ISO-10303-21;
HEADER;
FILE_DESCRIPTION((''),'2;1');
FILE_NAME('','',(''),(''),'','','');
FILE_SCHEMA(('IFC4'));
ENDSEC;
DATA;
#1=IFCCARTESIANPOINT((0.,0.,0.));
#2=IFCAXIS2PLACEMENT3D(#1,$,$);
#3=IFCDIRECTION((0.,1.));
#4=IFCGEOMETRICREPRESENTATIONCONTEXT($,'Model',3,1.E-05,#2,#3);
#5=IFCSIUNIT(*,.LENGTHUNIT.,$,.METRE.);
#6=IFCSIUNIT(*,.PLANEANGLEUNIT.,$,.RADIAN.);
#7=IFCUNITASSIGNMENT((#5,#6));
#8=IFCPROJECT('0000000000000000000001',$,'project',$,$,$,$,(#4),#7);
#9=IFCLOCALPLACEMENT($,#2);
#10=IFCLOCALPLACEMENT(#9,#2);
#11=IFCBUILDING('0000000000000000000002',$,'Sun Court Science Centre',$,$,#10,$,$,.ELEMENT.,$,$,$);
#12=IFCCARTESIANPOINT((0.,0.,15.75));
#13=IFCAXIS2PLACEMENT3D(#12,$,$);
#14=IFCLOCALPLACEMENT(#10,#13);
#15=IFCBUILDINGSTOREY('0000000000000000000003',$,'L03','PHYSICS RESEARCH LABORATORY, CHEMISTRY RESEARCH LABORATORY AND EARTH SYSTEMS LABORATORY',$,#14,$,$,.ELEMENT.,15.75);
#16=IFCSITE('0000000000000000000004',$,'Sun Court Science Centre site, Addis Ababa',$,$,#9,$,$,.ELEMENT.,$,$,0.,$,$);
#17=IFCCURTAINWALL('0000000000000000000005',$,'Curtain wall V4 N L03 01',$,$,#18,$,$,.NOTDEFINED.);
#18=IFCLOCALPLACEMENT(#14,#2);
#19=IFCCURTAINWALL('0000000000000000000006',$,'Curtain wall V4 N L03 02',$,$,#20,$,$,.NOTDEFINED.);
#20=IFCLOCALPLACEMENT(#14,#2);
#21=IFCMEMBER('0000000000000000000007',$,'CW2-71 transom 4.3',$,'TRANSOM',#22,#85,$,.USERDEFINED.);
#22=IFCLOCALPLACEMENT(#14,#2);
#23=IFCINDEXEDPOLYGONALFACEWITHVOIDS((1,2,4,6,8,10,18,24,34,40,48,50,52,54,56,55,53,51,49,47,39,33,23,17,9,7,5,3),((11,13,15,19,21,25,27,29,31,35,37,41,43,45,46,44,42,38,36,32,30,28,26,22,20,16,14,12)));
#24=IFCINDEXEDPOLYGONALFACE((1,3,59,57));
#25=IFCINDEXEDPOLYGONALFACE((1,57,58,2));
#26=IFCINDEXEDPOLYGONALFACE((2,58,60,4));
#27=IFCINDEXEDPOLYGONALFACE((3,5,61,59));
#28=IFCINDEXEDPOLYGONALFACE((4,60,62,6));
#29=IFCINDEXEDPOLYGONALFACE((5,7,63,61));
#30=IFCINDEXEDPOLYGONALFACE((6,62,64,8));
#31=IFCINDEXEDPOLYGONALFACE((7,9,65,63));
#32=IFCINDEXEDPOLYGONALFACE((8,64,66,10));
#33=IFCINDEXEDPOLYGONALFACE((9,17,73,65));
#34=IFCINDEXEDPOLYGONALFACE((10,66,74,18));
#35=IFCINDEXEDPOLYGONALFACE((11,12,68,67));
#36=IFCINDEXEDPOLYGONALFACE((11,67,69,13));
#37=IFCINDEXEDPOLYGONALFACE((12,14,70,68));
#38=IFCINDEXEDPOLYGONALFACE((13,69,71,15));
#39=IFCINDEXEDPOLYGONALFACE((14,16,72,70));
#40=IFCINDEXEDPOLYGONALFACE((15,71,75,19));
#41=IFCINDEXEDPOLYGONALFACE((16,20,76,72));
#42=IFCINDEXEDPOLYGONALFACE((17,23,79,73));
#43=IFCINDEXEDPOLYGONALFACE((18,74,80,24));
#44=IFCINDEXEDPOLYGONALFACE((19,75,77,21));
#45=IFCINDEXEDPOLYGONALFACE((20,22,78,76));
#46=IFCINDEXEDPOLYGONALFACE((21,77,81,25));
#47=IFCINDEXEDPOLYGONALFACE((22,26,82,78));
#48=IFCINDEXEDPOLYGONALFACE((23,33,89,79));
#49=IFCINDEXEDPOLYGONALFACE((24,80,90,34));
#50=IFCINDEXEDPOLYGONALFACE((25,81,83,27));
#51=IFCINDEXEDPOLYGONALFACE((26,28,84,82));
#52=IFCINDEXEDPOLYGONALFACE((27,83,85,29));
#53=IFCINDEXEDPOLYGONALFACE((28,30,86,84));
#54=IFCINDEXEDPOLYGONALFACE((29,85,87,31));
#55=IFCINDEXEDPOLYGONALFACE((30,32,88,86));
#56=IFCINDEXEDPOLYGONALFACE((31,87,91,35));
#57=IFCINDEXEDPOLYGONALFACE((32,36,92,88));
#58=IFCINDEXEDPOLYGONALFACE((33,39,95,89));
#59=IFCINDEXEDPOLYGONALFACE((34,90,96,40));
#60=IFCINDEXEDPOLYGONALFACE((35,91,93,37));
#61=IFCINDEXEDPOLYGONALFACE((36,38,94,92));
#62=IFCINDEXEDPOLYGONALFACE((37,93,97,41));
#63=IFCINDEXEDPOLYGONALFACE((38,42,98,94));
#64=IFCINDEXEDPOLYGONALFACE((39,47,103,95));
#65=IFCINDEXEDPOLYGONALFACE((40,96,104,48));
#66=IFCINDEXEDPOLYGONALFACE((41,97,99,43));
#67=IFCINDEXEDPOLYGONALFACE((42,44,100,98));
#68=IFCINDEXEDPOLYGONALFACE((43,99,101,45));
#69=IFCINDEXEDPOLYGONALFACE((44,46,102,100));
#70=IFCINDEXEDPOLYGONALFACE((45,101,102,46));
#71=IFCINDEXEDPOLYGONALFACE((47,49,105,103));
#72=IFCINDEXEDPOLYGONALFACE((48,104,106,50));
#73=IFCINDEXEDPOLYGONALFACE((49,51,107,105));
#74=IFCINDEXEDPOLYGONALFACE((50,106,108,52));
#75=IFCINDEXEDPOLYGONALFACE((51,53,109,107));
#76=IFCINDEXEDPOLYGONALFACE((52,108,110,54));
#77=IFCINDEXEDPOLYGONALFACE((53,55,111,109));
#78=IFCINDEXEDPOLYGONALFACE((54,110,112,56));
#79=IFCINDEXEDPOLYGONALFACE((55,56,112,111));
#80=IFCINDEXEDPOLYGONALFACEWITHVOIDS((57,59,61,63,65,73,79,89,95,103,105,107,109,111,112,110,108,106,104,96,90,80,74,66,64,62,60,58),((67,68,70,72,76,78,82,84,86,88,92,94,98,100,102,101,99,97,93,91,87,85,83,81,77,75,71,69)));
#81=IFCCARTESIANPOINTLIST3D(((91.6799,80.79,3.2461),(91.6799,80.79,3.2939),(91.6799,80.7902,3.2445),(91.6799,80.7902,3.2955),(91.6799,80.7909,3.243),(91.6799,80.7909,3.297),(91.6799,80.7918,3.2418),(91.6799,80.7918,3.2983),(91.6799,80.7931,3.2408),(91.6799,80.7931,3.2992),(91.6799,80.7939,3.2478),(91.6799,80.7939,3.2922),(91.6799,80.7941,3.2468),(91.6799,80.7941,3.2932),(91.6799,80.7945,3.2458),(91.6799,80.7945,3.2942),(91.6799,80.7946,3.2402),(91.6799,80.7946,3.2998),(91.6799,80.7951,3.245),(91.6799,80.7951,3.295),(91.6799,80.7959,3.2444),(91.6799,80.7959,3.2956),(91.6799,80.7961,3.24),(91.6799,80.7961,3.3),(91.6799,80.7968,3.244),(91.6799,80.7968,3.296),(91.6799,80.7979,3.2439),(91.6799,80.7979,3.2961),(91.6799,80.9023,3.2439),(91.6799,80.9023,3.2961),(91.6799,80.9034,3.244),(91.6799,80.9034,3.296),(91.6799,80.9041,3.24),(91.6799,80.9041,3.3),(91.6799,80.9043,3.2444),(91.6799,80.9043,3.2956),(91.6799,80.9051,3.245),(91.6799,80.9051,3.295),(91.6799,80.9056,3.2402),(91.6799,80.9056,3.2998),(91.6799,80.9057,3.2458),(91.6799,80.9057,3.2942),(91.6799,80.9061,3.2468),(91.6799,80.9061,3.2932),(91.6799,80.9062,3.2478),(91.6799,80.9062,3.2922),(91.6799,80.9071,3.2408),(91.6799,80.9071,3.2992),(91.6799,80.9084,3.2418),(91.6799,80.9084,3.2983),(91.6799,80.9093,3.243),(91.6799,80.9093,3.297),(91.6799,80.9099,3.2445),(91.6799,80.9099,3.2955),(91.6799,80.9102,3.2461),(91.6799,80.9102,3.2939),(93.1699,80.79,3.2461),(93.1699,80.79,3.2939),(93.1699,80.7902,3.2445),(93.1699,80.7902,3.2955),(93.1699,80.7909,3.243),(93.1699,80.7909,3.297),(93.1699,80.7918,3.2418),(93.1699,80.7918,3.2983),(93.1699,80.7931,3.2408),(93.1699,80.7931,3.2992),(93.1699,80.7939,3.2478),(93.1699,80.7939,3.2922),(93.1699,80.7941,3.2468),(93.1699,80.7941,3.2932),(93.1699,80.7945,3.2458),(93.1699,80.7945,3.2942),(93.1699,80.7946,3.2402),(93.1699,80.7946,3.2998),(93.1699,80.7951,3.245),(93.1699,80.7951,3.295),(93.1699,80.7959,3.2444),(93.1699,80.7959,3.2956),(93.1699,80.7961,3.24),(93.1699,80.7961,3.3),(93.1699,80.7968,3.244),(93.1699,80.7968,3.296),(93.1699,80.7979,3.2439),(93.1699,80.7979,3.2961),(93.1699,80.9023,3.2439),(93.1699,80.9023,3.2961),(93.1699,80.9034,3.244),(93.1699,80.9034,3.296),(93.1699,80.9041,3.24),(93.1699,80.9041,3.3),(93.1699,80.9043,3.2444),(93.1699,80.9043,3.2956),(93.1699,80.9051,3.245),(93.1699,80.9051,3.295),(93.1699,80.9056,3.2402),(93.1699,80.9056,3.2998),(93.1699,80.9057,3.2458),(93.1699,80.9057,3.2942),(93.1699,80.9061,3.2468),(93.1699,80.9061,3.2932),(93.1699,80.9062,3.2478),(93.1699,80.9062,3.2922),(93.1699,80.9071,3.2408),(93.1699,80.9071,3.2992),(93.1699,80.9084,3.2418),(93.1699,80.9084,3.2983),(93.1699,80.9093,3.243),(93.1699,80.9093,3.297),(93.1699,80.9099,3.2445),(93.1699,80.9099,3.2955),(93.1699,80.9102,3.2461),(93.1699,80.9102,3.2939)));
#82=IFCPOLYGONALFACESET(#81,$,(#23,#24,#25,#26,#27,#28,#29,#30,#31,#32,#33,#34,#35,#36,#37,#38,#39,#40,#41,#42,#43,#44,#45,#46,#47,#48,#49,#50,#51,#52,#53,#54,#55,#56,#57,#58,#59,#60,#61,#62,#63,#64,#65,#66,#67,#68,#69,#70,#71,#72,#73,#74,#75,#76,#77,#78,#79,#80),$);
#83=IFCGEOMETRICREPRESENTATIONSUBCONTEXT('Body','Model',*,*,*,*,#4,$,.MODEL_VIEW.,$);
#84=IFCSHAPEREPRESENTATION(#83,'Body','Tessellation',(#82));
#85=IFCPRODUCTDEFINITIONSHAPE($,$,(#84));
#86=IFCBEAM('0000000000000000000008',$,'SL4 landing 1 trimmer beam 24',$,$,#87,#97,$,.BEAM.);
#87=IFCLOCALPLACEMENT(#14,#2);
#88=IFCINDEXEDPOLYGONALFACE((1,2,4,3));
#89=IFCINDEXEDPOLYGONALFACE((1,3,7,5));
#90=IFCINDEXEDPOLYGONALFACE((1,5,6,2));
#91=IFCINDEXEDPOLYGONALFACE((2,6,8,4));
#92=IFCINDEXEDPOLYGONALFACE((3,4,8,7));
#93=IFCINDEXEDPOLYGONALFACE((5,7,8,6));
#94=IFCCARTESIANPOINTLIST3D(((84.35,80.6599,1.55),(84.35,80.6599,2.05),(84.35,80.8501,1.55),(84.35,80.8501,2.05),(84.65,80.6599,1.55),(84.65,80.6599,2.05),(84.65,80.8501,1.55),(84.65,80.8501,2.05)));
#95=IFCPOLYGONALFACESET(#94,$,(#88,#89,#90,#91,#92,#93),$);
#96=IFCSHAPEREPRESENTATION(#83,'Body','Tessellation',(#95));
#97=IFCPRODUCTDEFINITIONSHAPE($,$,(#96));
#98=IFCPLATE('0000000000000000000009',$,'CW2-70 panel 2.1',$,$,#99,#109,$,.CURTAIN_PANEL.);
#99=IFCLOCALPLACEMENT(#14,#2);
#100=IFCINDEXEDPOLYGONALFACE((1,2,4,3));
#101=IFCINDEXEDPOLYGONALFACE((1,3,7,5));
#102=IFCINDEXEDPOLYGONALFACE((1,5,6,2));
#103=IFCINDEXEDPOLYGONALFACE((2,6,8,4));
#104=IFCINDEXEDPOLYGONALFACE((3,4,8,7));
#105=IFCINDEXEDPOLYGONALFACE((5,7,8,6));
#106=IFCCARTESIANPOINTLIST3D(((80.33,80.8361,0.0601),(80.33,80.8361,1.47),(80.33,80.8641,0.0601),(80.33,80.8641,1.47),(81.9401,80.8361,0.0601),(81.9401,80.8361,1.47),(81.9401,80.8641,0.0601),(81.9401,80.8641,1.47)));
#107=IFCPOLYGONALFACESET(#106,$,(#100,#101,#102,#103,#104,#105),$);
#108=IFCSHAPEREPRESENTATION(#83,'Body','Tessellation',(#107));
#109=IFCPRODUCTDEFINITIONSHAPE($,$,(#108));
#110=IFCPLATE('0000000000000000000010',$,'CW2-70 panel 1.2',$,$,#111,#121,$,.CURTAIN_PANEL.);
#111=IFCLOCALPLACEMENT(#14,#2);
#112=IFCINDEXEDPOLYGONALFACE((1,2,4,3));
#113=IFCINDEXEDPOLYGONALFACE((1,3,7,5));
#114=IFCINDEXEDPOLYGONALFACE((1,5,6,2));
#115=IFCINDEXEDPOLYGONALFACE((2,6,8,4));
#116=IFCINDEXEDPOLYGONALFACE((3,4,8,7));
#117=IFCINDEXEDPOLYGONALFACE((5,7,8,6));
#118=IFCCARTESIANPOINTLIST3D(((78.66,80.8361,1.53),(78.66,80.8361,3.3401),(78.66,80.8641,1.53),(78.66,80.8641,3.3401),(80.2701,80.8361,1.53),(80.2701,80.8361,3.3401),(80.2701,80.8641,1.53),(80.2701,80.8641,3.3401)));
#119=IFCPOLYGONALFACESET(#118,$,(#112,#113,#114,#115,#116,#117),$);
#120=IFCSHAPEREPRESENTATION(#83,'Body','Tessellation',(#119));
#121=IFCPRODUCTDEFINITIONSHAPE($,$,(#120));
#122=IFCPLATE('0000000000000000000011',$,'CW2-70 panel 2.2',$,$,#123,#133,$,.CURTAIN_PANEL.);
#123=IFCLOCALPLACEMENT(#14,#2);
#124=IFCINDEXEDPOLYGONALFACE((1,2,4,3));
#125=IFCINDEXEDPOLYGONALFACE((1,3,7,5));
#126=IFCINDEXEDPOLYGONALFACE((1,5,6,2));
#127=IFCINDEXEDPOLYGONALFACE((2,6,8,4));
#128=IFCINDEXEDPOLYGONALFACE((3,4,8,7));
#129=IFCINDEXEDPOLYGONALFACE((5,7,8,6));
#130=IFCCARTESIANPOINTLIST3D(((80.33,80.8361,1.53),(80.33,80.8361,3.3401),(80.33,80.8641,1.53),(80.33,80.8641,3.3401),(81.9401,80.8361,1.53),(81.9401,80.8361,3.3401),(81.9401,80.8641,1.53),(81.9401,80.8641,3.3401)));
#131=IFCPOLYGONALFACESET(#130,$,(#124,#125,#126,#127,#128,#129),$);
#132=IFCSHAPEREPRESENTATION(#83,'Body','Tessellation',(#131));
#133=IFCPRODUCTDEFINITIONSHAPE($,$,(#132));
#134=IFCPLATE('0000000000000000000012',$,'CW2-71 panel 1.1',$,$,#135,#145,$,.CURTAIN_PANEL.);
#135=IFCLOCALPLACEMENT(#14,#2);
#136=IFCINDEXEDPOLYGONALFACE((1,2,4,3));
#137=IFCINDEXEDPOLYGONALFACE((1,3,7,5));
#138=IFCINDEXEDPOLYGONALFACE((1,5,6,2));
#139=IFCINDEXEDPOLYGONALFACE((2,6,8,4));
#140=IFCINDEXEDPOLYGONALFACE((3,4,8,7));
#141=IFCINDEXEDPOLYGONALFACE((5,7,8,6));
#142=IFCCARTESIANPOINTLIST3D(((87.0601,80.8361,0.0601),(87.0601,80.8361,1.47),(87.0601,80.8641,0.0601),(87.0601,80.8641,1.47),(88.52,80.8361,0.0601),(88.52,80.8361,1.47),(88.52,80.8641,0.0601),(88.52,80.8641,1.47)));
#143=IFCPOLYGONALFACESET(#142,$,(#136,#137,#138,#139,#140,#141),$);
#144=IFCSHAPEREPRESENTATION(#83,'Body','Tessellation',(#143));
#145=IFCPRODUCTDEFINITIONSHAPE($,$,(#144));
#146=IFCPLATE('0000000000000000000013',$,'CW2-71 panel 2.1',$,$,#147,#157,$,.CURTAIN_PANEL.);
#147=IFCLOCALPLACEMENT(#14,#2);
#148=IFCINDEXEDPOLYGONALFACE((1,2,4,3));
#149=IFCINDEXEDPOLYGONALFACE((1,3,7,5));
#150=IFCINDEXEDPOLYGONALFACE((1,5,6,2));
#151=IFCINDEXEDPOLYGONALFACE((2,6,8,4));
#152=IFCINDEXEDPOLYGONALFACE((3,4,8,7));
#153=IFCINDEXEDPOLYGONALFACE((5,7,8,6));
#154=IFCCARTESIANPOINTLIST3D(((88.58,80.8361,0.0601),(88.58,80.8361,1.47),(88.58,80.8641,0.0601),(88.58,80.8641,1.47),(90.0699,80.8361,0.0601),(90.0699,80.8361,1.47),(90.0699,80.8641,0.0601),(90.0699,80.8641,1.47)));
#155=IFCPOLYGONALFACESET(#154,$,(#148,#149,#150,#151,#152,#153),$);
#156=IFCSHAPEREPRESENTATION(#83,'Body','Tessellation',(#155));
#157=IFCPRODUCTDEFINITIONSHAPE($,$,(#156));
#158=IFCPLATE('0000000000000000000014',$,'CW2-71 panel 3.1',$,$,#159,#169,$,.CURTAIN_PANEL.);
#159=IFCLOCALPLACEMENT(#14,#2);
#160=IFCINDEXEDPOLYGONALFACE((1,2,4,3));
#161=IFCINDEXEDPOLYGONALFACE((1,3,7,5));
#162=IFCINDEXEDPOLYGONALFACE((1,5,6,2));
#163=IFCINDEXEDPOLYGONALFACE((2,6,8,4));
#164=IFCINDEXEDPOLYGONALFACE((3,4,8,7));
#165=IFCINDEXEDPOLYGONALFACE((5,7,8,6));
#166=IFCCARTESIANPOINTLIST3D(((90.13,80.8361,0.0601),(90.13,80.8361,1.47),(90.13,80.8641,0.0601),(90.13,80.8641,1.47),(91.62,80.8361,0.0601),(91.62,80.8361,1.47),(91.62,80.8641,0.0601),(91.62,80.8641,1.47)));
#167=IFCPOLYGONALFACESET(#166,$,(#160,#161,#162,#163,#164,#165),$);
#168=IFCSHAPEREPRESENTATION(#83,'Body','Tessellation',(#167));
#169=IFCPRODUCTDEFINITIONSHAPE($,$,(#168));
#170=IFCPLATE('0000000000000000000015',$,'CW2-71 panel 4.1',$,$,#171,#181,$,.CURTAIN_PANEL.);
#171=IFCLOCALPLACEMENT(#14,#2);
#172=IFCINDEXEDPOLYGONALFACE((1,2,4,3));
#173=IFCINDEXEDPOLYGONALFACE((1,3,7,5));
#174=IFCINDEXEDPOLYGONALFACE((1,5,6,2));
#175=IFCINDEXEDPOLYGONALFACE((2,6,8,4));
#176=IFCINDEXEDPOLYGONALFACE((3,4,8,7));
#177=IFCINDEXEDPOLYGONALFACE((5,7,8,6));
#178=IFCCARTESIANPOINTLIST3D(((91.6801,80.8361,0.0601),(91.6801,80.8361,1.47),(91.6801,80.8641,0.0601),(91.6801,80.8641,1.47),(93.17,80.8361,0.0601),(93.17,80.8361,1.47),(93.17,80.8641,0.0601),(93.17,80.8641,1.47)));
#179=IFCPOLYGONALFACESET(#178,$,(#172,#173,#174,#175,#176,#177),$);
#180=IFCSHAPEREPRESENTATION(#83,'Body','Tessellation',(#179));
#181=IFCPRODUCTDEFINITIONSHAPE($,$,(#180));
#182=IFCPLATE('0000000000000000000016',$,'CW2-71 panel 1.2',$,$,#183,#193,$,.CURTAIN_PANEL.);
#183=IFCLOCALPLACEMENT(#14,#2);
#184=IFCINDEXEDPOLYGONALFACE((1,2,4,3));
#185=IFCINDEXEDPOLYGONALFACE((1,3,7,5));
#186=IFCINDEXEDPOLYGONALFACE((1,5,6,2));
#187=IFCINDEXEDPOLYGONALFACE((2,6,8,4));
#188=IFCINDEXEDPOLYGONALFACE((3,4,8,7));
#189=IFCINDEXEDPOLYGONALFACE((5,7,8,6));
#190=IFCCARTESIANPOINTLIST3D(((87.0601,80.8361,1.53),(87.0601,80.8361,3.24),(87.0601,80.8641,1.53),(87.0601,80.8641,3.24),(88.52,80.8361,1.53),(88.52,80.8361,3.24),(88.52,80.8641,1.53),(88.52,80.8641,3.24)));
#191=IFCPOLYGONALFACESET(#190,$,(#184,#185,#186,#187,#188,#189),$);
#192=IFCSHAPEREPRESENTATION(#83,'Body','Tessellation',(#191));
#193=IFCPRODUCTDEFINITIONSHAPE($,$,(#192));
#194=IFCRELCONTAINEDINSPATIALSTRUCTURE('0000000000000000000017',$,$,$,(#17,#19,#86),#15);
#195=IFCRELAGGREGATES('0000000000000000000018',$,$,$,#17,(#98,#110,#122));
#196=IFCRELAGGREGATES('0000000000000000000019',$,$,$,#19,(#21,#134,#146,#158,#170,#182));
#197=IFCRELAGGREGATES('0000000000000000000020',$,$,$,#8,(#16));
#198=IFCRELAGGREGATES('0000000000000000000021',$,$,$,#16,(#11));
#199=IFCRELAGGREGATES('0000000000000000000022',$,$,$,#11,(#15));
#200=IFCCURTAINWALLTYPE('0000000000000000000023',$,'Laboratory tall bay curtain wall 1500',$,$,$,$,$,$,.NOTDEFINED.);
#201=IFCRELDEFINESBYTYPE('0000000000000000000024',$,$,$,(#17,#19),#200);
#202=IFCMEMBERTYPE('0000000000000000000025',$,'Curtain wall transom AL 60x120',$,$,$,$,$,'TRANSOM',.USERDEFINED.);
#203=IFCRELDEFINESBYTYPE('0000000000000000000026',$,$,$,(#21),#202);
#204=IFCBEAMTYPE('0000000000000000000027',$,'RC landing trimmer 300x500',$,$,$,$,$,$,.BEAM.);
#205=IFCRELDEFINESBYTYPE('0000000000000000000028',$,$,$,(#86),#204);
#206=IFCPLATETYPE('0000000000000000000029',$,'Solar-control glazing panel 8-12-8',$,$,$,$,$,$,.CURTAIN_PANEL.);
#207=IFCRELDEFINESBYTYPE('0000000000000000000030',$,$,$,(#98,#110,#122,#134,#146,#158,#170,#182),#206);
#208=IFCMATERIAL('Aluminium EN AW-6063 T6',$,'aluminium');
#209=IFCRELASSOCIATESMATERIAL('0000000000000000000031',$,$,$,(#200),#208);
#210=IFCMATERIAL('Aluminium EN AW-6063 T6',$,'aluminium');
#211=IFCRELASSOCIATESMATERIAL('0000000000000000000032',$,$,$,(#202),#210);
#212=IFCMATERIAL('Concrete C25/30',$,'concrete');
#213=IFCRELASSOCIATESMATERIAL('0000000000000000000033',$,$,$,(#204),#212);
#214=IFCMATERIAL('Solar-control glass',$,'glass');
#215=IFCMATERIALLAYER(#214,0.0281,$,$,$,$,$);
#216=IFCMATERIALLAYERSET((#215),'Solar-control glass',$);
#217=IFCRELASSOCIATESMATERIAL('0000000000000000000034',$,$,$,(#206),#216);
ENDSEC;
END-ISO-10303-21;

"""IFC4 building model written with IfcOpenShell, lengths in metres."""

from ifc_helpers import new_model, si_unit, direction, frame, origin, origin_2d, place, context, subcontext, project, spatial, rectangle, hollow_rectangle, extrude, material, layer, layer_set, material_profile, profile_set, type_object, element, aggregate, save


model = new_model("IFC4")

# Units and contexts
model_context = context("Model", 3, precision=1e-05, world=origin(), true_north=direction((0.0, 1.0)))
body_context = subcontext(model_context, "Body", "Model", "MODEL_VIEW")
ifc_project = project(units=[si_unit("LENGTHUNIT", "METRE"), si_unit("PLANEANGLEUNIT", "RADIAN")], contexts=[model_context])

# Site, building, storey
site_placement = place(None, origin())
site = spatial("IfcSite", under=ifc_project, at=site_placement, Name="Sun Court Science Centre site, Addis Ababa", CompositionType="ELEMENT", RefElevation=0.0)
building_placement = place(site_placement, origin())
building = spatial("IfcBuilding", under=site, at=building_placement, Name="Sun Court Science Centre", CompositionType="ELEMENT")
storey_placement = place(building_placement, frame((0.0, 0.0, 15.75)))
storey = spatial("IfcBuildingStorey", under=building, at=storey_placement, Name="L03", Description="PHYSICS RESEARCH LABORATORY, CHEMISTRY RESEARCH LABORATORY AND EARTH SYSTEMS LABORATORY", CompositionType="ELEMENT", Elevation=15.75)

# Curtain walls
ifc_material_1 = material(Name="Aluminium EN AW-6063 T6", Category="aluminium")
curtain_wall_type = type_object("IfcCurtainWallType", Name="Laboratory tall bay curtain wall 1500", PredefinedType="NOTDEFINED", material=ifc_material_1)
curtain_wall_1_placement = place(storey_placement, origin())
curtain_wall_1 = element("IfcCurtainWall", 1, at=curtain_wall_1_placement, inside=storey, type_object=curtain_wall_type, Name="Curtain wall V4 N L03 01", PredefinedType="NOTDEFINED")
curtain_wall_2_placement = place(storey_placement, origin())
curtain_wall_2 = element("IfcCurtainWall", 2, at=curtain_wall_2_placement, inside=storey, type_object=curtain_wall_type, Name="Curtain wall V4 N L03 02", PredefinedType="NOTDEFINED")

# Member
ifc_material_2 = material(Name="Aluminium EN AW-6063 T6", Category="aluminium")
ifc_material_profile_1 = material_profile(ifc_material_2, hollow_rectangle(XDim=0.0601, YDim=0.1201, WallThickness=0.0039, InnerFilletRadius=0.0039, OuterFilletRadius=0.0061, at=origin_2d()), Name="AL 60x120x4")
ifc_profile_set_1 = profile_set([ifc_material_profile_1], Name="Aluminium EN AW-6063 T6")
member_type_1 = type_object("IfcMemberType", Name="Curtain wall transom AL 60x120", ElementType="TRANSOM", PredefinedType="USERDEFINED", material=ifc_profile_set_1)
member_1_placement = place(storey_placement, frame((91.6799, 80.8501, 3.27), z_axis=(1.0, 0.0, 0.0), x_axis=(0.0, 0.0, 1.0)))
member_1 = element("IfcMember", 3, at=member_1_placement, type_object=member_type_1, Name="CW2-71 transom 4.3", ObjectType="TRANSOM", PredefinedType="USERDEFINED", context=body_context, shape_type="SweptSolid", body=[
    extrude(hollow_rectangle(XDim=0.0601, YDim=0.1201, WallThickness=0.0039, InnerFilletRadius=0.0039, OuterFilletRadius=0.0061, at=origin_2d()), origin(), (0.0, 0.0, 1.0), 1.49),
])

# Beam
ifc_material_3 = material(Name="Concrete C25/30", Category="concrete")
ifc_material_profile_2 = material_profile(ifc_material_3, rectangle(XDim=0.3, YDim=0.5, at=origin_2d()), Name="RC 300x500")
ifc_profile_set_2 = profile_set([ifc_material_profile_2], Name="Concrete C25/30")
beam_type = type_object("IfcBeamType", Name="RC landing trimmer 300x500", PredefinedType="BEAM", material=ifc_profile_set_2)
beam_placement = place(storey_placement, frame((84.5, 80.8501, 1.8), z_axis=(0.0, -1.0, 0.0), x_axis=(1.0, 0.0, 0.0)))
element("IfcBeam", 4, at=beam_placement, inside=storey, type_object=beam_type, Name="SL4 landing 1 trimmer beam 24", PredefinedType="BEAM", context=body_context, shape_type="SweptSolid", body=[
    extrude(rectangle(XDim=0.3, YDim=0.5, at=origin_2d()), origin(), (0.0, 0.0, 1.0), 0.1902),
])

# Plates
ifc_material_4 = material(Name="Solar-control glass", Category="glass")
ifc_layer_1 = layer(ifc_material_4, 0.0281)
ifc_layer_set_1 = layer_set([ifc_layer_1], Name="Solar-control glass")
plate_type = type_object("IfcPlateType", Name="Solar-control glazing panel 8-12-8", PredefinedType="CURTAIN_PANEL", material=ifc_layer_set_1)
plate_1_placement = place(storey_placement, frame((81.135, 80.8501, 0.0601), z_axis=(0.0, 0.0, 1.0), x_axis=(1.0, 0.0, 0.0)))
plate_1 = element("IfcPlate", 5, at=plate_1_placement, type_object=plate_type, Name="CW2-70 panel 2.1", PredefinedType="CURTAIN_PANEL", context=body_context, shape_type="SweptSolid", body=[
    extrude(rectangle(XDim=1.6101, YDim=0.0281, at=origin_2d()), origin(), (0.0, 0.0, 1.0), 1.4099),
])
plate_2_placement = place(storey_placement, frame((79.4651, 80.8501, 1.53), z_axis=(0.0, 0.0, 1.0), x_axis=(1.0, 0.0, 0.0)))
plate_2 = element("IfcPlate", 6, at=plate_2_placement, type_object=plate_type, Name="CW2-70 panel 1.2", PredefinedType="CURTAIN_PANEL", context=body_context, shape_type="SweptSolid", body=[
    extrude(rectangle(XDim=1.6101, YDim=0.0281, at=origin_2d()), origin(), (0.0, 0.0, 1.0), 1.8101),
])
plate_3_placement = place(storey_placement, frame((81.135, 80.8501, 1.53), z_axis=(0.0, 0.0, 1.0), x_axis=(1.0, 0.0, 0.0)))
plate_3 = element("IfcPlate", 7, at=plate_3_placement, type_object=plate_type, Name="CW2-70 panel 2.2", PredefinedType="CURTAIN_PANEL", context=body_context, shape_type="SweptSolid", body=[
    extrude(rectangle(XDim=1.6101, YDim=0.0281, at=origin_2d()), origin(), (0.0, 0.0, 1.0), 1.8101),
])
aggregate(curtain_wall_1, [plate_1, plate_2, plate_3])
plate_4_placement = place(storey_placement, frame((87.79, 80.8501, 0.0601), z_axis=(0.0, 0.0, 1.0), x_axis=(1.0, 0.0, 0.0)))
plate_4 = element("IfcPlate", 8, at=plate_4_placement, type_object=plate_type, Name="CW2-71 panel 1.1", PredefinedType="CURTAIN_PANEL", context=body_context, shape_type="SweptSolid", body=[
    extrude(rectangle(XDim=1.46, YDim=0.0281, at=origin_2d()), origin(), (0.0, 0.0, 1.0), 1.4099),
])
plate_5_placement = place(storey_placement, frame((89.325, 80.8501, 0.0601), z_axis=(0.0, 0.0, 1.0), x_axis=(1.0, 0.0, 0.0)))
plate_5 = element("IfcPlate", 9, at=plate_5_placement, type_object=plate_type, Name="CW2-71 panel 2.1", PredefinedType="CURTAIN_PANEL", context=body_context, shape_type="SweptSolid", body=[
    extrude(rectangle(XDim=1.49, YDim=0.0281, at=origin_2d()), origin(), (0.0, 0.0, 1.0), 1.4099),
])
plate_6_placement = place(storey_placement, frame((90.875, 80.8501, 0.0601), z_axis=(0.0, 0.0, 1.0), x_axis=(1.0, 0.0, 0.0)))
plate_6 = element("IfcPlate", 10, at=plate_6_placement, type_object=plate_type, Name="CW2-71 panel 3.1", PredefinedType="CURTAIN_PANEL", context=body_context, shape_type="SweptSolid", body=[
    extrude(rectangle(XDim=1.49, YDim=0.0281, at=origin_2d()), origin(), (0.0, 0.0, 1.0), 1.4099),
])
plate_7_placement = place(storey_placement, frame((92.425, 80.8501, 0.0601), z_axis=(0.0, 0.0, 1.0), x_axis=(1.0, 0.0, 0.0)))
plate_7 = element("IfcPlate", 11, at=plate_7_placement, type_object=plate_type, Name="CW2-71 panel 4.1", PredefinedType="CURTAIN_PANEL", context=body_context, shape_type="SweptSolid", body=[
    extrude(rectangle(XDim=1.49, YDim=0.0281, at=origin_2d()), origin(), (0.0, 0.0, 1.0), 1.4099),
])
plate_8_placement = place(storey_placement, frame((87.79, 80.8501, 1.53), z_axis=(0.0, 0.0, 1.0), x_axis=(1.0, 0.0, 0.0)))
plate_8 = element("IfcPlate", 12, at=plate_8_placement, type_object=plate_type, Name="CW2-71 panel 1.2", PredefinedType="CURTAIN_PANEL", context=body_context, shape_type="SweptSolid", body=[
    extrude(rectangle(XDim=1.46, YDim=0.0281, at=origin_2d()), origin(), (0.0, 0.0, 1.0), 1.71),
])
aggregate(curtain_wall_2, [member_1, plate_4, plate_5, plate_6, plate_7, plate_8])

save(model, "model.ifc")
